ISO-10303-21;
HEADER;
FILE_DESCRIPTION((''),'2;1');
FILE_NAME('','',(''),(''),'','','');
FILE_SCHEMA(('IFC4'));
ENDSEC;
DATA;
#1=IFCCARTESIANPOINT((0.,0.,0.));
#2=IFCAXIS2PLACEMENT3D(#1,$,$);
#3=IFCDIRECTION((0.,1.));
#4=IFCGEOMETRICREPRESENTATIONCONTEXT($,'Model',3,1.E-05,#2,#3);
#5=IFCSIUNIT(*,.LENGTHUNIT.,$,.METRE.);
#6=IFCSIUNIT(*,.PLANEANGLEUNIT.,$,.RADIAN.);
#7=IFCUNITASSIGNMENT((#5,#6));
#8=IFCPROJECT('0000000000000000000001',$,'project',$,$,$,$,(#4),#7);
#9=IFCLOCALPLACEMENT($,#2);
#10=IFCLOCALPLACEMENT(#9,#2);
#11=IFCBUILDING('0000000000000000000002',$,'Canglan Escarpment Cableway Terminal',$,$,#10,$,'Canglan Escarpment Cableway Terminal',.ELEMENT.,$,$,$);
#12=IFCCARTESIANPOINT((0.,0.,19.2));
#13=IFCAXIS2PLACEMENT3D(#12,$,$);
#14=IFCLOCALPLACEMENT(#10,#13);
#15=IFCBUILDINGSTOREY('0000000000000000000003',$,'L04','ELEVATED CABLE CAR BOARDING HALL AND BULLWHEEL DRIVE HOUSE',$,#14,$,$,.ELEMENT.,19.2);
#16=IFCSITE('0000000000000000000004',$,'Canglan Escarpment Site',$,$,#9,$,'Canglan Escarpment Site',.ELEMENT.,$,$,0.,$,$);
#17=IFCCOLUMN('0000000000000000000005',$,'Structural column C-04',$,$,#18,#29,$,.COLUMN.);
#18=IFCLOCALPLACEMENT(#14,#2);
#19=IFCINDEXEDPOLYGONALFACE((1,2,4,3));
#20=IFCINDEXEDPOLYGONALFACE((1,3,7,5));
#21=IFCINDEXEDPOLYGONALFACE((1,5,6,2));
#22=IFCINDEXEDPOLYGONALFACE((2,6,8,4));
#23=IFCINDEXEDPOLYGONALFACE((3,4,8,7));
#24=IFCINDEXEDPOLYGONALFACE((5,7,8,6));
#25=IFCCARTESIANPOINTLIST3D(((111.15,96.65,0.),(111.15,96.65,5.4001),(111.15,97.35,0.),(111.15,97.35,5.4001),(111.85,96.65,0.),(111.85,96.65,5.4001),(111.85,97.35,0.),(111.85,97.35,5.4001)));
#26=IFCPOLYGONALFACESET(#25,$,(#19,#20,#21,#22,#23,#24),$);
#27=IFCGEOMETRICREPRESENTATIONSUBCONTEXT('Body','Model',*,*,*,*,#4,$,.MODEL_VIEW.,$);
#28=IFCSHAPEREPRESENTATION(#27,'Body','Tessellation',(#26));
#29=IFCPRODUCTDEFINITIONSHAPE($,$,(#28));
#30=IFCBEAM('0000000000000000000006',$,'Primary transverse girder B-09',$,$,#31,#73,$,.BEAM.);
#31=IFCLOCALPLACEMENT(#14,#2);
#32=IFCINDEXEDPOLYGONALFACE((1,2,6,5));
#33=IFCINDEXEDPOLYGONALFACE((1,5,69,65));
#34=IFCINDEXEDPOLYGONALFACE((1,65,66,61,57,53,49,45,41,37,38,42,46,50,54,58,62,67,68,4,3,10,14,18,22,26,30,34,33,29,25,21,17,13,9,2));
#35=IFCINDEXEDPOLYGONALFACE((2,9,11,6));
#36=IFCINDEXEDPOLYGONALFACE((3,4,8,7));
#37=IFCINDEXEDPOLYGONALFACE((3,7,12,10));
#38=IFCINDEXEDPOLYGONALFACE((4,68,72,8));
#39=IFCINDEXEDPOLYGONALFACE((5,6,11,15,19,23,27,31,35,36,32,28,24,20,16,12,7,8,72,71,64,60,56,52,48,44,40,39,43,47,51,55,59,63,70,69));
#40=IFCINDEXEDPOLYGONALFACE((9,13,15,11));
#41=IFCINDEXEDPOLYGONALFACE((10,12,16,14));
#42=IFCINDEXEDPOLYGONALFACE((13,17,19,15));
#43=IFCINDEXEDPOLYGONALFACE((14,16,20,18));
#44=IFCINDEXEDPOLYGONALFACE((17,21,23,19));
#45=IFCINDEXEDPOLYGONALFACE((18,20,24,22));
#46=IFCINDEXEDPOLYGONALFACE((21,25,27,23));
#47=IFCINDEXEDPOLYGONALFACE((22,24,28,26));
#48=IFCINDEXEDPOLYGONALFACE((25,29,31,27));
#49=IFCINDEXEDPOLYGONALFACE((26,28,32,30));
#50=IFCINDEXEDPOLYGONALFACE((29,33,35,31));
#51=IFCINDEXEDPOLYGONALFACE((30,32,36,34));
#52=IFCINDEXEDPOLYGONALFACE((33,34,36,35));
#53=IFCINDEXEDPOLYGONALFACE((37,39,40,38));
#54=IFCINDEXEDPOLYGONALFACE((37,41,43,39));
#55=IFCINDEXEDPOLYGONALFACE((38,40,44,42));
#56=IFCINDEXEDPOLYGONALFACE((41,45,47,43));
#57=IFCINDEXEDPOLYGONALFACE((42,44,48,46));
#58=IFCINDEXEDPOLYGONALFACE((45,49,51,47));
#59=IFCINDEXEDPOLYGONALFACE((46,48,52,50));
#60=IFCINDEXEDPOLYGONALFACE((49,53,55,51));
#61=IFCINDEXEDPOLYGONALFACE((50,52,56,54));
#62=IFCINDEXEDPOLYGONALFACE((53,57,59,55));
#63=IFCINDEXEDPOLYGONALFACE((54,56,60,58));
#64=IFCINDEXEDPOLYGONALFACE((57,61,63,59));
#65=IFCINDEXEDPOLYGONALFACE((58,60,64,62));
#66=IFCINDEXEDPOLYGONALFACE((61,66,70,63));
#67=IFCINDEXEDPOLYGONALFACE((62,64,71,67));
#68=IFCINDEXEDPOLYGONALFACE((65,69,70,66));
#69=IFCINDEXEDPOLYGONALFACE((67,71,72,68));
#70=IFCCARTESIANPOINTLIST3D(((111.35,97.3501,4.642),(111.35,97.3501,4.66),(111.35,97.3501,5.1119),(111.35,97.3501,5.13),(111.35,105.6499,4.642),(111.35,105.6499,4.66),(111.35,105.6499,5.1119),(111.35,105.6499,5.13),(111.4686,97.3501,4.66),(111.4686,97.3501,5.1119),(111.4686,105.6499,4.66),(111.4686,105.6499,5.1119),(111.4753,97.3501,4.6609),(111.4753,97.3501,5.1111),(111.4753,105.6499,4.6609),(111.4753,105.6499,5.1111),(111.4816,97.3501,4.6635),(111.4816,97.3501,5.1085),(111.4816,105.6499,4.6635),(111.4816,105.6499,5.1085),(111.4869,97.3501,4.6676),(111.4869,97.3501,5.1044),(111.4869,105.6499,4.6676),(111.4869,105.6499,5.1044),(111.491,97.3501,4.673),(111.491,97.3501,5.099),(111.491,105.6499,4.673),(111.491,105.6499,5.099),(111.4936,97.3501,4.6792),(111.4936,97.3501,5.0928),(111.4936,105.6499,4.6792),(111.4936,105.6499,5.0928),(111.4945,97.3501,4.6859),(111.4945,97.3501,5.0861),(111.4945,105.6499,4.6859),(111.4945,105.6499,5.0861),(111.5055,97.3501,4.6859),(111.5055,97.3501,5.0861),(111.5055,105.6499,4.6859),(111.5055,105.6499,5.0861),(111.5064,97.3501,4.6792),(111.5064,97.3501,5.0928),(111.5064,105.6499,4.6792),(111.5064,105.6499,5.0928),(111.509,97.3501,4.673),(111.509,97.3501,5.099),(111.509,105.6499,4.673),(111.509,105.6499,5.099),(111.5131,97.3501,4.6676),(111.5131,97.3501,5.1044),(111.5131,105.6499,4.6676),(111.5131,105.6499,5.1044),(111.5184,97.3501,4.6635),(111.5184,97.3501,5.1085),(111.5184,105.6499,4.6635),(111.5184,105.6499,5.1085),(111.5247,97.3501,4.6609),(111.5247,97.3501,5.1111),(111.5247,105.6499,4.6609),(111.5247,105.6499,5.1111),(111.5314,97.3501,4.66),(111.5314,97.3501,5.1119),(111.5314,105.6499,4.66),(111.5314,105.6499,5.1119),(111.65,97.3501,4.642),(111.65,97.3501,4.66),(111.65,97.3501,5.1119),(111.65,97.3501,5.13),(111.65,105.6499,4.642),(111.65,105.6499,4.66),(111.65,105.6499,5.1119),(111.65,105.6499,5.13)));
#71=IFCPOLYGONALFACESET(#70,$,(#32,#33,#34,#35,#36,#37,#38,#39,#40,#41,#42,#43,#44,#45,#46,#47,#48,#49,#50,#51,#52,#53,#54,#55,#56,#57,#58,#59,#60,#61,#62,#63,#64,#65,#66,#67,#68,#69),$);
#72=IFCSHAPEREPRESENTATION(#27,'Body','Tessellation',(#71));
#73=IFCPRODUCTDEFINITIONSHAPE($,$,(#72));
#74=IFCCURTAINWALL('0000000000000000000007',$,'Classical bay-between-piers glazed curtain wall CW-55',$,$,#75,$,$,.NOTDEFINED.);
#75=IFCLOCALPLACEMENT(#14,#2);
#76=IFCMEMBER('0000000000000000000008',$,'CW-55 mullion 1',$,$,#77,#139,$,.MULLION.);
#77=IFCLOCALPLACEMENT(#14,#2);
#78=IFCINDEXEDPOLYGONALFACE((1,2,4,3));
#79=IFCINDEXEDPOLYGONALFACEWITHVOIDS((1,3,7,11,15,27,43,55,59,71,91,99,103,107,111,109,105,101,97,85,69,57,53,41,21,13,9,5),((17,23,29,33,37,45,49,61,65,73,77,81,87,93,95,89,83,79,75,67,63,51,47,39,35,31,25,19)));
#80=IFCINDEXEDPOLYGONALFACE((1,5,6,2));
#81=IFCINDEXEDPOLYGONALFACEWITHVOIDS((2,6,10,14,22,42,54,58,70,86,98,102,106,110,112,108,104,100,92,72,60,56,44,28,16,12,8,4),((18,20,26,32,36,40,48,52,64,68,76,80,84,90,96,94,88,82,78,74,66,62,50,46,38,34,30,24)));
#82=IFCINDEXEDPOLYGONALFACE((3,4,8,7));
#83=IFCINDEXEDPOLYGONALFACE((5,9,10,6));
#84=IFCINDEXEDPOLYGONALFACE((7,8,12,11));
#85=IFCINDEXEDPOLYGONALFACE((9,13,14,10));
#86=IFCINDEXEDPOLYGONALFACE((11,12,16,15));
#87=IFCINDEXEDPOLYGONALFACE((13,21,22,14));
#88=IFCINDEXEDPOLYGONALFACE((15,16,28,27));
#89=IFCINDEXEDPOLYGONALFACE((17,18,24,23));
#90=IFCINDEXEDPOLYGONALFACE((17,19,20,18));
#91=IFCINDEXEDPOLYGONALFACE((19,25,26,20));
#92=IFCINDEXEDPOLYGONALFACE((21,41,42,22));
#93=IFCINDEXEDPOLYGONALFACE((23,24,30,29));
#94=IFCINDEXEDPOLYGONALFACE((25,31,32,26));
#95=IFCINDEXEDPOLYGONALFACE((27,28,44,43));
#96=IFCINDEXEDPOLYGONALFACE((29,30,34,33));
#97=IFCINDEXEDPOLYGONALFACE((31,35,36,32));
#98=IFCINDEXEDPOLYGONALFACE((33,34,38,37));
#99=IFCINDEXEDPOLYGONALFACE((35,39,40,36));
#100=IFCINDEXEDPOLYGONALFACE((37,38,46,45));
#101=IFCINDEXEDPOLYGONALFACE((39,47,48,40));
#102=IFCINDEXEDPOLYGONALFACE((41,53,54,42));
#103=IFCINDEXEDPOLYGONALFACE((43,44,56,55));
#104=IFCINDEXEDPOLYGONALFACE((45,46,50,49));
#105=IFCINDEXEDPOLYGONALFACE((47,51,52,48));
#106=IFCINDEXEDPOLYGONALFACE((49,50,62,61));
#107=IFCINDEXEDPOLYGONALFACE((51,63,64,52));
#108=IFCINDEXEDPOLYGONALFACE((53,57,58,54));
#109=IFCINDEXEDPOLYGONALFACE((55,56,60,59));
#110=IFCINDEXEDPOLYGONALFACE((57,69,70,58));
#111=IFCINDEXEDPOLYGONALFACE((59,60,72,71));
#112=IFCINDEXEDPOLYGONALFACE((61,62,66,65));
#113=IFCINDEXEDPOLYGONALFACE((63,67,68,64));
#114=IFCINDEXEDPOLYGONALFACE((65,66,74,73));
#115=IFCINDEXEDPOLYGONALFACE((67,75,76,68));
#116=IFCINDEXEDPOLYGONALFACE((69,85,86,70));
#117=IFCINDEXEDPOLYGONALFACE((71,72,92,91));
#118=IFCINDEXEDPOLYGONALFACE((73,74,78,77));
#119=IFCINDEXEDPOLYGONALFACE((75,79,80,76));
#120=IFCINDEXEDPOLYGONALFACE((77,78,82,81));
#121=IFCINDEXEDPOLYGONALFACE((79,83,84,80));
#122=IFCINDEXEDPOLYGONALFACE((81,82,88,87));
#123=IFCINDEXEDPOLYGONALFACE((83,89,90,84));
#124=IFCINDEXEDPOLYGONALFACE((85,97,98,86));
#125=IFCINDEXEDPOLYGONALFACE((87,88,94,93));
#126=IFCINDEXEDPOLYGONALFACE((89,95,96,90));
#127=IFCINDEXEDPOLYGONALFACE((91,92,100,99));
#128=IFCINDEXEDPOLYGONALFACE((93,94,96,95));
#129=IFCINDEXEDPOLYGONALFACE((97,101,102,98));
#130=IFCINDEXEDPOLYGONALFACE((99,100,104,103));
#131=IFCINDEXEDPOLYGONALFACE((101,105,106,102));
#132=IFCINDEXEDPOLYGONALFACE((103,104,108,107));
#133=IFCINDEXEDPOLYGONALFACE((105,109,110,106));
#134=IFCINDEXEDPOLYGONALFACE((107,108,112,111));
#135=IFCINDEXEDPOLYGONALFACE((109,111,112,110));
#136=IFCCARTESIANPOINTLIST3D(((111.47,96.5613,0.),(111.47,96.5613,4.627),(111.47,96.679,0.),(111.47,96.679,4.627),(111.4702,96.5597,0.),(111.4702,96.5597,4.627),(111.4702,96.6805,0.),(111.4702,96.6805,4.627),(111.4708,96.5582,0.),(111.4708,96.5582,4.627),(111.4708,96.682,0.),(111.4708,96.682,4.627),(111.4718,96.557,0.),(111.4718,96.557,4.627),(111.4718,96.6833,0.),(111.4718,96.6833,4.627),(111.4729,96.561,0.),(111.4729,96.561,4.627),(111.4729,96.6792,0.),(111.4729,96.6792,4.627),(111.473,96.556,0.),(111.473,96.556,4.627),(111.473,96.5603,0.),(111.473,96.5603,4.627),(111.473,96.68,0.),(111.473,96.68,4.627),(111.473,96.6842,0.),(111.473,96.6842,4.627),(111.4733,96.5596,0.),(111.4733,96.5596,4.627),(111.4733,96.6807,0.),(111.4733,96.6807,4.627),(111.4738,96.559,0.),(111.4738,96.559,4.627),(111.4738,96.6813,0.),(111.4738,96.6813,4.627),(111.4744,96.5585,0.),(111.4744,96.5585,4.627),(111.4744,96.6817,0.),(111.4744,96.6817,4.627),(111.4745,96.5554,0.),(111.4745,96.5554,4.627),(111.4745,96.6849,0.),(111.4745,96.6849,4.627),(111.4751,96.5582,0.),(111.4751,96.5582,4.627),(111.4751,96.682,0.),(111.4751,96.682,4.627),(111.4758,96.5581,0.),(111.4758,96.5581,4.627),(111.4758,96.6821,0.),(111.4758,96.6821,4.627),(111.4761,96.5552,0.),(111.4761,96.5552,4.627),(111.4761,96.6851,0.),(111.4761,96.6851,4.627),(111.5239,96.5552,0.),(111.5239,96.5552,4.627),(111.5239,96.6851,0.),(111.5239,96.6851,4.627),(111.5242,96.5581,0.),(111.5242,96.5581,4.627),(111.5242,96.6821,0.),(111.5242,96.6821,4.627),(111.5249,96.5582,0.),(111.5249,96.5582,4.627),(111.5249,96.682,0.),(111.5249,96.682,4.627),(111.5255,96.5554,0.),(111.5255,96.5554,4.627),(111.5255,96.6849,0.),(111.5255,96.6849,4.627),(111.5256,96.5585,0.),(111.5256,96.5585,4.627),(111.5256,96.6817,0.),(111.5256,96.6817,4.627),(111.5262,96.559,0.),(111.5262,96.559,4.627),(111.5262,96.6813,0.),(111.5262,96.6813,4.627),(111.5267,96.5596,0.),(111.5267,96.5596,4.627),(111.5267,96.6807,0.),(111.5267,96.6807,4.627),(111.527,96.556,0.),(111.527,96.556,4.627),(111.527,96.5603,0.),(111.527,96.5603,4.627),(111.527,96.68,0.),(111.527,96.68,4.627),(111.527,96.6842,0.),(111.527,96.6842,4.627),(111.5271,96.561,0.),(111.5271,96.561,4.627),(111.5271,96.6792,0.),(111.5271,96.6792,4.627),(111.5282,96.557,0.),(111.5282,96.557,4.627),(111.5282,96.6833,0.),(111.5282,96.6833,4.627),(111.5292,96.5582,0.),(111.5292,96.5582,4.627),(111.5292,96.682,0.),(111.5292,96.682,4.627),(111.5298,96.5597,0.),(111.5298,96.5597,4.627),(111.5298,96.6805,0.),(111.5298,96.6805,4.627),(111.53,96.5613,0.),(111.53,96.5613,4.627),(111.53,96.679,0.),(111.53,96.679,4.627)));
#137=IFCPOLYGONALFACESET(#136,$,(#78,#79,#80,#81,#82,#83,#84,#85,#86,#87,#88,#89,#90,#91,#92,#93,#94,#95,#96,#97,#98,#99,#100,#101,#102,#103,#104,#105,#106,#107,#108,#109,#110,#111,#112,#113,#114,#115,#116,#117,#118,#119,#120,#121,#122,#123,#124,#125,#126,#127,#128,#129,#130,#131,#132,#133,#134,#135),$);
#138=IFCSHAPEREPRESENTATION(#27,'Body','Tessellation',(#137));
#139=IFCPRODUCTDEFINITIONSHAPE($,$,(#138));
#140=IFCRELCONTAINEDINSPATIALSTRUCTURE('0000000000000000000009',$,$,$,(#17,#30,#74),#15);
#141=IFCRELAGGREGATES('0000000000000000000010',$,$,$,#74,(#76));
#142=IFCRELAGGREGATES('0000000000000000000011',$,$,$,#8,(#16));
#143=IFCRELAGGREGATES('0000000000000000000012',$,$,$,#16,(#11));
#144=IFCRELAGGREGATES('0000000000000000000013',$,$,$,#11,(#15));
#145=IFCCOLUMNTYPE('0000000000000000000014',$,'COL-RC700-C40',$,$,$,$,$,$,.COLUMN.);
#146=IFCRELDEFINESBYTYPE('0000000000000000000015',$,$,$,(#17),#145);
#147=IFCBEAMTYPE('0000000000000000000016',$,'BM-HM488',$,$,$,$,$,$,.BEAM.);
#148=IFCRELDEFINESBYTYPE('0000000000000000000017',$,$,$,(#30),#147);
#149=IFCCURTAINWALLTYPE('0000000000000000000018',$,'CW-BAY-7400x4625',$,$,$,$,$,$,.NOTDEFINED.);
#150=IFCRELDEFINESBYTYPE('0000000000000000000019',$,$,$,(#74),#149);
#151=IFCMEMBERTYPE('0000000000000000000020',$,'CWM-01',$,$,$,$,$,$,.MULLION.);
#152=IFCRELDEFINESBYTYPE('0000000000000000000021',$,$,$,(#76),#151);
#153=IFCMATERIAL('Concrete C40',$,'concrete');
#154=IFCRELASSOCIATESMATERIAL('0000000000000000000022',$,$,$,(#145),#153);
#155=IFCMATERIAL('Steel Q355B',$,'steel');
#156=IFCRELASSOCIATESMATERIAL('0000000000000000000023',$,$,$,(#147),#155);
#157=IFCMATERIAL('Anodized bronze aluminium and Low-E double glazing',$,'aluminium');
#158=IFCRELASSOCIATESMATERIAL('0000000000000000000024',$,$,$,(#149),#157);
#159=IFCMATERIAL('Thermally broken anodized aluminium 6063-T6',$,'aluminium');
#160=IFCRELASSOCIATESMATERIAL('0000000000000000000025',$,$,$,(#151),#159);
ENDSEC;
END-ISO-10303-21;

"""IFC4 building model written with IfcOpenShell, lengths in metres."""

from ifc_helpers import new_model, si_unit, direction, frame, origin, origin_2d, place, context, subcontext, project, spatial, rectangle, hollow_rectangle, i_section, extrude, material, material_profile, profile_set, type_object, element, aggregate, save


model = new_model("IFC4")

# Units and contexts
model_context = context("Model", 3, precision=1e-05, world=origin(), true_north=direction((0.0, 1.0)))
body_context = subcontext(model_context, "Body", "Model", "MODEL_VIEW")
ifc_project = project(units=[si_unit("LENGTHUNIT", "METRE"), si_unit("PLANEANGLEUNIT", "RADIAN")], contexts=[model_context])

# Site, building, storey
site_placement = place(None, origin())
site = spatial("IfcSite", under=ifc_project, at=site_placement, Name="Canglan Escarpment Site", LongName="Canglan Escarpment Site", CompositionType="ELEMENT", RefElevation=0.0)
building_placement = place(site_placement, origin())
building = spatial("IfcBuilding", under=site, at=building_placement, Name="Canglan Escarpment Cableway Terminal", LongName="Canglan Escarpment Cableway Terminal", CompositionType="ELEMENT")
storey_placement = place(building_placement, frame((0.0, 0.0, 19.2)))
storey = spatial("IfcBuildingStorey", under=building, at=storey_placement, Name="L04", Description="ELEVATED CABLE CAR BOARDING HALL AND BULLWHEEL DRIVE HOUSE", CompositionType="ELEMENT", Elevation=19.2)

# Column
ifc_material_1 = material(Name="Concrete C40", Category="concrete")
ifc_material_profile_1 = material_profile(ifc_material_1, rectangle(XDim=0.7, YDim=0.7, at=origin_2d()), Name="RC 700x700")
ifc_profile_set_1 = profile_set([ifc_material_profile_1], Name="Concrete C40")
column_type = type_object("IfcColumnType", Name="COL-RC700-C40", PredefinedType="COLUMN", material=ifc_profile_set_1)
column_placement = place(storey_placement, frame((111.5, 97.0, 0.0), z_axis=(0.0, 0.0, 1.0), x_axis=(1.0, 0.0, 0.0)))
element("IfcColumn", 1, at=column_placement, inside=storey, type_object=column_type, Name="Structural column C-04", PredefinedType="COLUMN", context=body_context, shape_type="SweptSolid", body=[
    extrude(rectangle(XDim=0.7, YDim=0.7, at=origin_2d()), origin(), (0.0, 0.0, 1.0), 5.4001),
])

# Beam
ifc_material_2 = material(Name="Steel Q355B", Category="steel")
ifc_material_profile_2 = material_profile(ifc_material_2, i_section(OverallWidth=0.3, OverallDepth=0.488, WebThickness=0.011, FlangeThickness=0.0181, FilletRadius=0.0259, at=origin_2d()), Name="HM 488x300x11x18")
ifc_profile_set_2 = profile_set([ifc_material_profile_2], Name="Steel Q355B")
beam_type = type_object("IfcBeamType", Name="BM-HM488", PredefinedType="BEAM", material=ifc_profile_set_2)
beam_placement = place(storey_placement, frame((111.5, 97.3501, 4.886), z_axis=(0.0, 1.0, 0.0), x_axis=(-1.0, 0.0, 0.0)))
element("IfcBeam", 2, at=beam_placement, inside=storey, type_object=beam_type, Name="Primary transverse girder B-09", PredefinedType="BEAM", context=body_context, shape_type="SweptSolid", body=[
    extrude(i_section(OverallWidth=0.3, OverallDepth=0.488, WebThickness=0.011, FlangeThickness=0.0181, FilletRadius=0.0259, at=origin_2d()), origin(), (0.0, 0.0, 1.0), 8.2998),
])

# Curtain wall, member
ifc_material_3 = material(Name="Anodized bronze aluminium and Low-E double glazing", Category="aluminium")
curtain_wall_type_1 = type_object("IfcCurtainWallType", Name="CW-BAY-7400x4625", PredefinedType="NOTDEFINED", material=ifc_material_3)
curtain_wall_1_placement = place(storey_placement, origin())
curtain_wall_1 = element("IfcCurtainWall", 3, at=curtain_wall_1_placement, inside=storey, type_object=curtain_wall_type_1, Name="Classical bay-between-piers glazed curtain wall CW-55", PredefinedType="NOTDEFINED")
ifc_material_4 = material(Name="Thermally broken anodized aluminium 6063-T6", Category="aluminium")
ifc_material_profile_3 = material_profile(ifc_material_4, hollow_rectangle(XDim=0.0601, YDim=0.1299, WallThickness=0.0029, InnerFilletRadius=0.0029, OuterFilletRadius=0.0061, at=origin_2d()), Name="ALU-MULL 60x130x3")
ifc_profile_set_3 = profile_set([ifc_material_profile_3], Name="Thermally broken anodized aluminium 6063-T6")
member_type_1 = type_object("IfcMemberType", Name="CWM-01", PredefinedType="MULLION", material=ifc_profile_set_3)
member_1_placement = place(storey_placement, frame((111.5, 96.6201, 0.0), z_axis=(0.0, 0.0, 1.0), x_axis=(1.0, 0.0, 0.0)))
member_1 = element("IfcMember", 4, at=member_1_placement, type_object=member_type_1, Name="CW-55 mullion 1", PredefinedType="MULLION", context=body_context, shape_type="SweptSolid", body=[
    extrude(hollow_rectangle(XDim=0.0601, YDim=0.1299, WallThickness=0.0029, InnerFilletRadius=0.0029, OuterFilletRadius=0.0061, at=origin_2d()), origin(), (0.0, 0.0, 1.0), 4.627),
])

aggregate(curtain_wall_1, [member_1])

save(model, "model.ifc")
